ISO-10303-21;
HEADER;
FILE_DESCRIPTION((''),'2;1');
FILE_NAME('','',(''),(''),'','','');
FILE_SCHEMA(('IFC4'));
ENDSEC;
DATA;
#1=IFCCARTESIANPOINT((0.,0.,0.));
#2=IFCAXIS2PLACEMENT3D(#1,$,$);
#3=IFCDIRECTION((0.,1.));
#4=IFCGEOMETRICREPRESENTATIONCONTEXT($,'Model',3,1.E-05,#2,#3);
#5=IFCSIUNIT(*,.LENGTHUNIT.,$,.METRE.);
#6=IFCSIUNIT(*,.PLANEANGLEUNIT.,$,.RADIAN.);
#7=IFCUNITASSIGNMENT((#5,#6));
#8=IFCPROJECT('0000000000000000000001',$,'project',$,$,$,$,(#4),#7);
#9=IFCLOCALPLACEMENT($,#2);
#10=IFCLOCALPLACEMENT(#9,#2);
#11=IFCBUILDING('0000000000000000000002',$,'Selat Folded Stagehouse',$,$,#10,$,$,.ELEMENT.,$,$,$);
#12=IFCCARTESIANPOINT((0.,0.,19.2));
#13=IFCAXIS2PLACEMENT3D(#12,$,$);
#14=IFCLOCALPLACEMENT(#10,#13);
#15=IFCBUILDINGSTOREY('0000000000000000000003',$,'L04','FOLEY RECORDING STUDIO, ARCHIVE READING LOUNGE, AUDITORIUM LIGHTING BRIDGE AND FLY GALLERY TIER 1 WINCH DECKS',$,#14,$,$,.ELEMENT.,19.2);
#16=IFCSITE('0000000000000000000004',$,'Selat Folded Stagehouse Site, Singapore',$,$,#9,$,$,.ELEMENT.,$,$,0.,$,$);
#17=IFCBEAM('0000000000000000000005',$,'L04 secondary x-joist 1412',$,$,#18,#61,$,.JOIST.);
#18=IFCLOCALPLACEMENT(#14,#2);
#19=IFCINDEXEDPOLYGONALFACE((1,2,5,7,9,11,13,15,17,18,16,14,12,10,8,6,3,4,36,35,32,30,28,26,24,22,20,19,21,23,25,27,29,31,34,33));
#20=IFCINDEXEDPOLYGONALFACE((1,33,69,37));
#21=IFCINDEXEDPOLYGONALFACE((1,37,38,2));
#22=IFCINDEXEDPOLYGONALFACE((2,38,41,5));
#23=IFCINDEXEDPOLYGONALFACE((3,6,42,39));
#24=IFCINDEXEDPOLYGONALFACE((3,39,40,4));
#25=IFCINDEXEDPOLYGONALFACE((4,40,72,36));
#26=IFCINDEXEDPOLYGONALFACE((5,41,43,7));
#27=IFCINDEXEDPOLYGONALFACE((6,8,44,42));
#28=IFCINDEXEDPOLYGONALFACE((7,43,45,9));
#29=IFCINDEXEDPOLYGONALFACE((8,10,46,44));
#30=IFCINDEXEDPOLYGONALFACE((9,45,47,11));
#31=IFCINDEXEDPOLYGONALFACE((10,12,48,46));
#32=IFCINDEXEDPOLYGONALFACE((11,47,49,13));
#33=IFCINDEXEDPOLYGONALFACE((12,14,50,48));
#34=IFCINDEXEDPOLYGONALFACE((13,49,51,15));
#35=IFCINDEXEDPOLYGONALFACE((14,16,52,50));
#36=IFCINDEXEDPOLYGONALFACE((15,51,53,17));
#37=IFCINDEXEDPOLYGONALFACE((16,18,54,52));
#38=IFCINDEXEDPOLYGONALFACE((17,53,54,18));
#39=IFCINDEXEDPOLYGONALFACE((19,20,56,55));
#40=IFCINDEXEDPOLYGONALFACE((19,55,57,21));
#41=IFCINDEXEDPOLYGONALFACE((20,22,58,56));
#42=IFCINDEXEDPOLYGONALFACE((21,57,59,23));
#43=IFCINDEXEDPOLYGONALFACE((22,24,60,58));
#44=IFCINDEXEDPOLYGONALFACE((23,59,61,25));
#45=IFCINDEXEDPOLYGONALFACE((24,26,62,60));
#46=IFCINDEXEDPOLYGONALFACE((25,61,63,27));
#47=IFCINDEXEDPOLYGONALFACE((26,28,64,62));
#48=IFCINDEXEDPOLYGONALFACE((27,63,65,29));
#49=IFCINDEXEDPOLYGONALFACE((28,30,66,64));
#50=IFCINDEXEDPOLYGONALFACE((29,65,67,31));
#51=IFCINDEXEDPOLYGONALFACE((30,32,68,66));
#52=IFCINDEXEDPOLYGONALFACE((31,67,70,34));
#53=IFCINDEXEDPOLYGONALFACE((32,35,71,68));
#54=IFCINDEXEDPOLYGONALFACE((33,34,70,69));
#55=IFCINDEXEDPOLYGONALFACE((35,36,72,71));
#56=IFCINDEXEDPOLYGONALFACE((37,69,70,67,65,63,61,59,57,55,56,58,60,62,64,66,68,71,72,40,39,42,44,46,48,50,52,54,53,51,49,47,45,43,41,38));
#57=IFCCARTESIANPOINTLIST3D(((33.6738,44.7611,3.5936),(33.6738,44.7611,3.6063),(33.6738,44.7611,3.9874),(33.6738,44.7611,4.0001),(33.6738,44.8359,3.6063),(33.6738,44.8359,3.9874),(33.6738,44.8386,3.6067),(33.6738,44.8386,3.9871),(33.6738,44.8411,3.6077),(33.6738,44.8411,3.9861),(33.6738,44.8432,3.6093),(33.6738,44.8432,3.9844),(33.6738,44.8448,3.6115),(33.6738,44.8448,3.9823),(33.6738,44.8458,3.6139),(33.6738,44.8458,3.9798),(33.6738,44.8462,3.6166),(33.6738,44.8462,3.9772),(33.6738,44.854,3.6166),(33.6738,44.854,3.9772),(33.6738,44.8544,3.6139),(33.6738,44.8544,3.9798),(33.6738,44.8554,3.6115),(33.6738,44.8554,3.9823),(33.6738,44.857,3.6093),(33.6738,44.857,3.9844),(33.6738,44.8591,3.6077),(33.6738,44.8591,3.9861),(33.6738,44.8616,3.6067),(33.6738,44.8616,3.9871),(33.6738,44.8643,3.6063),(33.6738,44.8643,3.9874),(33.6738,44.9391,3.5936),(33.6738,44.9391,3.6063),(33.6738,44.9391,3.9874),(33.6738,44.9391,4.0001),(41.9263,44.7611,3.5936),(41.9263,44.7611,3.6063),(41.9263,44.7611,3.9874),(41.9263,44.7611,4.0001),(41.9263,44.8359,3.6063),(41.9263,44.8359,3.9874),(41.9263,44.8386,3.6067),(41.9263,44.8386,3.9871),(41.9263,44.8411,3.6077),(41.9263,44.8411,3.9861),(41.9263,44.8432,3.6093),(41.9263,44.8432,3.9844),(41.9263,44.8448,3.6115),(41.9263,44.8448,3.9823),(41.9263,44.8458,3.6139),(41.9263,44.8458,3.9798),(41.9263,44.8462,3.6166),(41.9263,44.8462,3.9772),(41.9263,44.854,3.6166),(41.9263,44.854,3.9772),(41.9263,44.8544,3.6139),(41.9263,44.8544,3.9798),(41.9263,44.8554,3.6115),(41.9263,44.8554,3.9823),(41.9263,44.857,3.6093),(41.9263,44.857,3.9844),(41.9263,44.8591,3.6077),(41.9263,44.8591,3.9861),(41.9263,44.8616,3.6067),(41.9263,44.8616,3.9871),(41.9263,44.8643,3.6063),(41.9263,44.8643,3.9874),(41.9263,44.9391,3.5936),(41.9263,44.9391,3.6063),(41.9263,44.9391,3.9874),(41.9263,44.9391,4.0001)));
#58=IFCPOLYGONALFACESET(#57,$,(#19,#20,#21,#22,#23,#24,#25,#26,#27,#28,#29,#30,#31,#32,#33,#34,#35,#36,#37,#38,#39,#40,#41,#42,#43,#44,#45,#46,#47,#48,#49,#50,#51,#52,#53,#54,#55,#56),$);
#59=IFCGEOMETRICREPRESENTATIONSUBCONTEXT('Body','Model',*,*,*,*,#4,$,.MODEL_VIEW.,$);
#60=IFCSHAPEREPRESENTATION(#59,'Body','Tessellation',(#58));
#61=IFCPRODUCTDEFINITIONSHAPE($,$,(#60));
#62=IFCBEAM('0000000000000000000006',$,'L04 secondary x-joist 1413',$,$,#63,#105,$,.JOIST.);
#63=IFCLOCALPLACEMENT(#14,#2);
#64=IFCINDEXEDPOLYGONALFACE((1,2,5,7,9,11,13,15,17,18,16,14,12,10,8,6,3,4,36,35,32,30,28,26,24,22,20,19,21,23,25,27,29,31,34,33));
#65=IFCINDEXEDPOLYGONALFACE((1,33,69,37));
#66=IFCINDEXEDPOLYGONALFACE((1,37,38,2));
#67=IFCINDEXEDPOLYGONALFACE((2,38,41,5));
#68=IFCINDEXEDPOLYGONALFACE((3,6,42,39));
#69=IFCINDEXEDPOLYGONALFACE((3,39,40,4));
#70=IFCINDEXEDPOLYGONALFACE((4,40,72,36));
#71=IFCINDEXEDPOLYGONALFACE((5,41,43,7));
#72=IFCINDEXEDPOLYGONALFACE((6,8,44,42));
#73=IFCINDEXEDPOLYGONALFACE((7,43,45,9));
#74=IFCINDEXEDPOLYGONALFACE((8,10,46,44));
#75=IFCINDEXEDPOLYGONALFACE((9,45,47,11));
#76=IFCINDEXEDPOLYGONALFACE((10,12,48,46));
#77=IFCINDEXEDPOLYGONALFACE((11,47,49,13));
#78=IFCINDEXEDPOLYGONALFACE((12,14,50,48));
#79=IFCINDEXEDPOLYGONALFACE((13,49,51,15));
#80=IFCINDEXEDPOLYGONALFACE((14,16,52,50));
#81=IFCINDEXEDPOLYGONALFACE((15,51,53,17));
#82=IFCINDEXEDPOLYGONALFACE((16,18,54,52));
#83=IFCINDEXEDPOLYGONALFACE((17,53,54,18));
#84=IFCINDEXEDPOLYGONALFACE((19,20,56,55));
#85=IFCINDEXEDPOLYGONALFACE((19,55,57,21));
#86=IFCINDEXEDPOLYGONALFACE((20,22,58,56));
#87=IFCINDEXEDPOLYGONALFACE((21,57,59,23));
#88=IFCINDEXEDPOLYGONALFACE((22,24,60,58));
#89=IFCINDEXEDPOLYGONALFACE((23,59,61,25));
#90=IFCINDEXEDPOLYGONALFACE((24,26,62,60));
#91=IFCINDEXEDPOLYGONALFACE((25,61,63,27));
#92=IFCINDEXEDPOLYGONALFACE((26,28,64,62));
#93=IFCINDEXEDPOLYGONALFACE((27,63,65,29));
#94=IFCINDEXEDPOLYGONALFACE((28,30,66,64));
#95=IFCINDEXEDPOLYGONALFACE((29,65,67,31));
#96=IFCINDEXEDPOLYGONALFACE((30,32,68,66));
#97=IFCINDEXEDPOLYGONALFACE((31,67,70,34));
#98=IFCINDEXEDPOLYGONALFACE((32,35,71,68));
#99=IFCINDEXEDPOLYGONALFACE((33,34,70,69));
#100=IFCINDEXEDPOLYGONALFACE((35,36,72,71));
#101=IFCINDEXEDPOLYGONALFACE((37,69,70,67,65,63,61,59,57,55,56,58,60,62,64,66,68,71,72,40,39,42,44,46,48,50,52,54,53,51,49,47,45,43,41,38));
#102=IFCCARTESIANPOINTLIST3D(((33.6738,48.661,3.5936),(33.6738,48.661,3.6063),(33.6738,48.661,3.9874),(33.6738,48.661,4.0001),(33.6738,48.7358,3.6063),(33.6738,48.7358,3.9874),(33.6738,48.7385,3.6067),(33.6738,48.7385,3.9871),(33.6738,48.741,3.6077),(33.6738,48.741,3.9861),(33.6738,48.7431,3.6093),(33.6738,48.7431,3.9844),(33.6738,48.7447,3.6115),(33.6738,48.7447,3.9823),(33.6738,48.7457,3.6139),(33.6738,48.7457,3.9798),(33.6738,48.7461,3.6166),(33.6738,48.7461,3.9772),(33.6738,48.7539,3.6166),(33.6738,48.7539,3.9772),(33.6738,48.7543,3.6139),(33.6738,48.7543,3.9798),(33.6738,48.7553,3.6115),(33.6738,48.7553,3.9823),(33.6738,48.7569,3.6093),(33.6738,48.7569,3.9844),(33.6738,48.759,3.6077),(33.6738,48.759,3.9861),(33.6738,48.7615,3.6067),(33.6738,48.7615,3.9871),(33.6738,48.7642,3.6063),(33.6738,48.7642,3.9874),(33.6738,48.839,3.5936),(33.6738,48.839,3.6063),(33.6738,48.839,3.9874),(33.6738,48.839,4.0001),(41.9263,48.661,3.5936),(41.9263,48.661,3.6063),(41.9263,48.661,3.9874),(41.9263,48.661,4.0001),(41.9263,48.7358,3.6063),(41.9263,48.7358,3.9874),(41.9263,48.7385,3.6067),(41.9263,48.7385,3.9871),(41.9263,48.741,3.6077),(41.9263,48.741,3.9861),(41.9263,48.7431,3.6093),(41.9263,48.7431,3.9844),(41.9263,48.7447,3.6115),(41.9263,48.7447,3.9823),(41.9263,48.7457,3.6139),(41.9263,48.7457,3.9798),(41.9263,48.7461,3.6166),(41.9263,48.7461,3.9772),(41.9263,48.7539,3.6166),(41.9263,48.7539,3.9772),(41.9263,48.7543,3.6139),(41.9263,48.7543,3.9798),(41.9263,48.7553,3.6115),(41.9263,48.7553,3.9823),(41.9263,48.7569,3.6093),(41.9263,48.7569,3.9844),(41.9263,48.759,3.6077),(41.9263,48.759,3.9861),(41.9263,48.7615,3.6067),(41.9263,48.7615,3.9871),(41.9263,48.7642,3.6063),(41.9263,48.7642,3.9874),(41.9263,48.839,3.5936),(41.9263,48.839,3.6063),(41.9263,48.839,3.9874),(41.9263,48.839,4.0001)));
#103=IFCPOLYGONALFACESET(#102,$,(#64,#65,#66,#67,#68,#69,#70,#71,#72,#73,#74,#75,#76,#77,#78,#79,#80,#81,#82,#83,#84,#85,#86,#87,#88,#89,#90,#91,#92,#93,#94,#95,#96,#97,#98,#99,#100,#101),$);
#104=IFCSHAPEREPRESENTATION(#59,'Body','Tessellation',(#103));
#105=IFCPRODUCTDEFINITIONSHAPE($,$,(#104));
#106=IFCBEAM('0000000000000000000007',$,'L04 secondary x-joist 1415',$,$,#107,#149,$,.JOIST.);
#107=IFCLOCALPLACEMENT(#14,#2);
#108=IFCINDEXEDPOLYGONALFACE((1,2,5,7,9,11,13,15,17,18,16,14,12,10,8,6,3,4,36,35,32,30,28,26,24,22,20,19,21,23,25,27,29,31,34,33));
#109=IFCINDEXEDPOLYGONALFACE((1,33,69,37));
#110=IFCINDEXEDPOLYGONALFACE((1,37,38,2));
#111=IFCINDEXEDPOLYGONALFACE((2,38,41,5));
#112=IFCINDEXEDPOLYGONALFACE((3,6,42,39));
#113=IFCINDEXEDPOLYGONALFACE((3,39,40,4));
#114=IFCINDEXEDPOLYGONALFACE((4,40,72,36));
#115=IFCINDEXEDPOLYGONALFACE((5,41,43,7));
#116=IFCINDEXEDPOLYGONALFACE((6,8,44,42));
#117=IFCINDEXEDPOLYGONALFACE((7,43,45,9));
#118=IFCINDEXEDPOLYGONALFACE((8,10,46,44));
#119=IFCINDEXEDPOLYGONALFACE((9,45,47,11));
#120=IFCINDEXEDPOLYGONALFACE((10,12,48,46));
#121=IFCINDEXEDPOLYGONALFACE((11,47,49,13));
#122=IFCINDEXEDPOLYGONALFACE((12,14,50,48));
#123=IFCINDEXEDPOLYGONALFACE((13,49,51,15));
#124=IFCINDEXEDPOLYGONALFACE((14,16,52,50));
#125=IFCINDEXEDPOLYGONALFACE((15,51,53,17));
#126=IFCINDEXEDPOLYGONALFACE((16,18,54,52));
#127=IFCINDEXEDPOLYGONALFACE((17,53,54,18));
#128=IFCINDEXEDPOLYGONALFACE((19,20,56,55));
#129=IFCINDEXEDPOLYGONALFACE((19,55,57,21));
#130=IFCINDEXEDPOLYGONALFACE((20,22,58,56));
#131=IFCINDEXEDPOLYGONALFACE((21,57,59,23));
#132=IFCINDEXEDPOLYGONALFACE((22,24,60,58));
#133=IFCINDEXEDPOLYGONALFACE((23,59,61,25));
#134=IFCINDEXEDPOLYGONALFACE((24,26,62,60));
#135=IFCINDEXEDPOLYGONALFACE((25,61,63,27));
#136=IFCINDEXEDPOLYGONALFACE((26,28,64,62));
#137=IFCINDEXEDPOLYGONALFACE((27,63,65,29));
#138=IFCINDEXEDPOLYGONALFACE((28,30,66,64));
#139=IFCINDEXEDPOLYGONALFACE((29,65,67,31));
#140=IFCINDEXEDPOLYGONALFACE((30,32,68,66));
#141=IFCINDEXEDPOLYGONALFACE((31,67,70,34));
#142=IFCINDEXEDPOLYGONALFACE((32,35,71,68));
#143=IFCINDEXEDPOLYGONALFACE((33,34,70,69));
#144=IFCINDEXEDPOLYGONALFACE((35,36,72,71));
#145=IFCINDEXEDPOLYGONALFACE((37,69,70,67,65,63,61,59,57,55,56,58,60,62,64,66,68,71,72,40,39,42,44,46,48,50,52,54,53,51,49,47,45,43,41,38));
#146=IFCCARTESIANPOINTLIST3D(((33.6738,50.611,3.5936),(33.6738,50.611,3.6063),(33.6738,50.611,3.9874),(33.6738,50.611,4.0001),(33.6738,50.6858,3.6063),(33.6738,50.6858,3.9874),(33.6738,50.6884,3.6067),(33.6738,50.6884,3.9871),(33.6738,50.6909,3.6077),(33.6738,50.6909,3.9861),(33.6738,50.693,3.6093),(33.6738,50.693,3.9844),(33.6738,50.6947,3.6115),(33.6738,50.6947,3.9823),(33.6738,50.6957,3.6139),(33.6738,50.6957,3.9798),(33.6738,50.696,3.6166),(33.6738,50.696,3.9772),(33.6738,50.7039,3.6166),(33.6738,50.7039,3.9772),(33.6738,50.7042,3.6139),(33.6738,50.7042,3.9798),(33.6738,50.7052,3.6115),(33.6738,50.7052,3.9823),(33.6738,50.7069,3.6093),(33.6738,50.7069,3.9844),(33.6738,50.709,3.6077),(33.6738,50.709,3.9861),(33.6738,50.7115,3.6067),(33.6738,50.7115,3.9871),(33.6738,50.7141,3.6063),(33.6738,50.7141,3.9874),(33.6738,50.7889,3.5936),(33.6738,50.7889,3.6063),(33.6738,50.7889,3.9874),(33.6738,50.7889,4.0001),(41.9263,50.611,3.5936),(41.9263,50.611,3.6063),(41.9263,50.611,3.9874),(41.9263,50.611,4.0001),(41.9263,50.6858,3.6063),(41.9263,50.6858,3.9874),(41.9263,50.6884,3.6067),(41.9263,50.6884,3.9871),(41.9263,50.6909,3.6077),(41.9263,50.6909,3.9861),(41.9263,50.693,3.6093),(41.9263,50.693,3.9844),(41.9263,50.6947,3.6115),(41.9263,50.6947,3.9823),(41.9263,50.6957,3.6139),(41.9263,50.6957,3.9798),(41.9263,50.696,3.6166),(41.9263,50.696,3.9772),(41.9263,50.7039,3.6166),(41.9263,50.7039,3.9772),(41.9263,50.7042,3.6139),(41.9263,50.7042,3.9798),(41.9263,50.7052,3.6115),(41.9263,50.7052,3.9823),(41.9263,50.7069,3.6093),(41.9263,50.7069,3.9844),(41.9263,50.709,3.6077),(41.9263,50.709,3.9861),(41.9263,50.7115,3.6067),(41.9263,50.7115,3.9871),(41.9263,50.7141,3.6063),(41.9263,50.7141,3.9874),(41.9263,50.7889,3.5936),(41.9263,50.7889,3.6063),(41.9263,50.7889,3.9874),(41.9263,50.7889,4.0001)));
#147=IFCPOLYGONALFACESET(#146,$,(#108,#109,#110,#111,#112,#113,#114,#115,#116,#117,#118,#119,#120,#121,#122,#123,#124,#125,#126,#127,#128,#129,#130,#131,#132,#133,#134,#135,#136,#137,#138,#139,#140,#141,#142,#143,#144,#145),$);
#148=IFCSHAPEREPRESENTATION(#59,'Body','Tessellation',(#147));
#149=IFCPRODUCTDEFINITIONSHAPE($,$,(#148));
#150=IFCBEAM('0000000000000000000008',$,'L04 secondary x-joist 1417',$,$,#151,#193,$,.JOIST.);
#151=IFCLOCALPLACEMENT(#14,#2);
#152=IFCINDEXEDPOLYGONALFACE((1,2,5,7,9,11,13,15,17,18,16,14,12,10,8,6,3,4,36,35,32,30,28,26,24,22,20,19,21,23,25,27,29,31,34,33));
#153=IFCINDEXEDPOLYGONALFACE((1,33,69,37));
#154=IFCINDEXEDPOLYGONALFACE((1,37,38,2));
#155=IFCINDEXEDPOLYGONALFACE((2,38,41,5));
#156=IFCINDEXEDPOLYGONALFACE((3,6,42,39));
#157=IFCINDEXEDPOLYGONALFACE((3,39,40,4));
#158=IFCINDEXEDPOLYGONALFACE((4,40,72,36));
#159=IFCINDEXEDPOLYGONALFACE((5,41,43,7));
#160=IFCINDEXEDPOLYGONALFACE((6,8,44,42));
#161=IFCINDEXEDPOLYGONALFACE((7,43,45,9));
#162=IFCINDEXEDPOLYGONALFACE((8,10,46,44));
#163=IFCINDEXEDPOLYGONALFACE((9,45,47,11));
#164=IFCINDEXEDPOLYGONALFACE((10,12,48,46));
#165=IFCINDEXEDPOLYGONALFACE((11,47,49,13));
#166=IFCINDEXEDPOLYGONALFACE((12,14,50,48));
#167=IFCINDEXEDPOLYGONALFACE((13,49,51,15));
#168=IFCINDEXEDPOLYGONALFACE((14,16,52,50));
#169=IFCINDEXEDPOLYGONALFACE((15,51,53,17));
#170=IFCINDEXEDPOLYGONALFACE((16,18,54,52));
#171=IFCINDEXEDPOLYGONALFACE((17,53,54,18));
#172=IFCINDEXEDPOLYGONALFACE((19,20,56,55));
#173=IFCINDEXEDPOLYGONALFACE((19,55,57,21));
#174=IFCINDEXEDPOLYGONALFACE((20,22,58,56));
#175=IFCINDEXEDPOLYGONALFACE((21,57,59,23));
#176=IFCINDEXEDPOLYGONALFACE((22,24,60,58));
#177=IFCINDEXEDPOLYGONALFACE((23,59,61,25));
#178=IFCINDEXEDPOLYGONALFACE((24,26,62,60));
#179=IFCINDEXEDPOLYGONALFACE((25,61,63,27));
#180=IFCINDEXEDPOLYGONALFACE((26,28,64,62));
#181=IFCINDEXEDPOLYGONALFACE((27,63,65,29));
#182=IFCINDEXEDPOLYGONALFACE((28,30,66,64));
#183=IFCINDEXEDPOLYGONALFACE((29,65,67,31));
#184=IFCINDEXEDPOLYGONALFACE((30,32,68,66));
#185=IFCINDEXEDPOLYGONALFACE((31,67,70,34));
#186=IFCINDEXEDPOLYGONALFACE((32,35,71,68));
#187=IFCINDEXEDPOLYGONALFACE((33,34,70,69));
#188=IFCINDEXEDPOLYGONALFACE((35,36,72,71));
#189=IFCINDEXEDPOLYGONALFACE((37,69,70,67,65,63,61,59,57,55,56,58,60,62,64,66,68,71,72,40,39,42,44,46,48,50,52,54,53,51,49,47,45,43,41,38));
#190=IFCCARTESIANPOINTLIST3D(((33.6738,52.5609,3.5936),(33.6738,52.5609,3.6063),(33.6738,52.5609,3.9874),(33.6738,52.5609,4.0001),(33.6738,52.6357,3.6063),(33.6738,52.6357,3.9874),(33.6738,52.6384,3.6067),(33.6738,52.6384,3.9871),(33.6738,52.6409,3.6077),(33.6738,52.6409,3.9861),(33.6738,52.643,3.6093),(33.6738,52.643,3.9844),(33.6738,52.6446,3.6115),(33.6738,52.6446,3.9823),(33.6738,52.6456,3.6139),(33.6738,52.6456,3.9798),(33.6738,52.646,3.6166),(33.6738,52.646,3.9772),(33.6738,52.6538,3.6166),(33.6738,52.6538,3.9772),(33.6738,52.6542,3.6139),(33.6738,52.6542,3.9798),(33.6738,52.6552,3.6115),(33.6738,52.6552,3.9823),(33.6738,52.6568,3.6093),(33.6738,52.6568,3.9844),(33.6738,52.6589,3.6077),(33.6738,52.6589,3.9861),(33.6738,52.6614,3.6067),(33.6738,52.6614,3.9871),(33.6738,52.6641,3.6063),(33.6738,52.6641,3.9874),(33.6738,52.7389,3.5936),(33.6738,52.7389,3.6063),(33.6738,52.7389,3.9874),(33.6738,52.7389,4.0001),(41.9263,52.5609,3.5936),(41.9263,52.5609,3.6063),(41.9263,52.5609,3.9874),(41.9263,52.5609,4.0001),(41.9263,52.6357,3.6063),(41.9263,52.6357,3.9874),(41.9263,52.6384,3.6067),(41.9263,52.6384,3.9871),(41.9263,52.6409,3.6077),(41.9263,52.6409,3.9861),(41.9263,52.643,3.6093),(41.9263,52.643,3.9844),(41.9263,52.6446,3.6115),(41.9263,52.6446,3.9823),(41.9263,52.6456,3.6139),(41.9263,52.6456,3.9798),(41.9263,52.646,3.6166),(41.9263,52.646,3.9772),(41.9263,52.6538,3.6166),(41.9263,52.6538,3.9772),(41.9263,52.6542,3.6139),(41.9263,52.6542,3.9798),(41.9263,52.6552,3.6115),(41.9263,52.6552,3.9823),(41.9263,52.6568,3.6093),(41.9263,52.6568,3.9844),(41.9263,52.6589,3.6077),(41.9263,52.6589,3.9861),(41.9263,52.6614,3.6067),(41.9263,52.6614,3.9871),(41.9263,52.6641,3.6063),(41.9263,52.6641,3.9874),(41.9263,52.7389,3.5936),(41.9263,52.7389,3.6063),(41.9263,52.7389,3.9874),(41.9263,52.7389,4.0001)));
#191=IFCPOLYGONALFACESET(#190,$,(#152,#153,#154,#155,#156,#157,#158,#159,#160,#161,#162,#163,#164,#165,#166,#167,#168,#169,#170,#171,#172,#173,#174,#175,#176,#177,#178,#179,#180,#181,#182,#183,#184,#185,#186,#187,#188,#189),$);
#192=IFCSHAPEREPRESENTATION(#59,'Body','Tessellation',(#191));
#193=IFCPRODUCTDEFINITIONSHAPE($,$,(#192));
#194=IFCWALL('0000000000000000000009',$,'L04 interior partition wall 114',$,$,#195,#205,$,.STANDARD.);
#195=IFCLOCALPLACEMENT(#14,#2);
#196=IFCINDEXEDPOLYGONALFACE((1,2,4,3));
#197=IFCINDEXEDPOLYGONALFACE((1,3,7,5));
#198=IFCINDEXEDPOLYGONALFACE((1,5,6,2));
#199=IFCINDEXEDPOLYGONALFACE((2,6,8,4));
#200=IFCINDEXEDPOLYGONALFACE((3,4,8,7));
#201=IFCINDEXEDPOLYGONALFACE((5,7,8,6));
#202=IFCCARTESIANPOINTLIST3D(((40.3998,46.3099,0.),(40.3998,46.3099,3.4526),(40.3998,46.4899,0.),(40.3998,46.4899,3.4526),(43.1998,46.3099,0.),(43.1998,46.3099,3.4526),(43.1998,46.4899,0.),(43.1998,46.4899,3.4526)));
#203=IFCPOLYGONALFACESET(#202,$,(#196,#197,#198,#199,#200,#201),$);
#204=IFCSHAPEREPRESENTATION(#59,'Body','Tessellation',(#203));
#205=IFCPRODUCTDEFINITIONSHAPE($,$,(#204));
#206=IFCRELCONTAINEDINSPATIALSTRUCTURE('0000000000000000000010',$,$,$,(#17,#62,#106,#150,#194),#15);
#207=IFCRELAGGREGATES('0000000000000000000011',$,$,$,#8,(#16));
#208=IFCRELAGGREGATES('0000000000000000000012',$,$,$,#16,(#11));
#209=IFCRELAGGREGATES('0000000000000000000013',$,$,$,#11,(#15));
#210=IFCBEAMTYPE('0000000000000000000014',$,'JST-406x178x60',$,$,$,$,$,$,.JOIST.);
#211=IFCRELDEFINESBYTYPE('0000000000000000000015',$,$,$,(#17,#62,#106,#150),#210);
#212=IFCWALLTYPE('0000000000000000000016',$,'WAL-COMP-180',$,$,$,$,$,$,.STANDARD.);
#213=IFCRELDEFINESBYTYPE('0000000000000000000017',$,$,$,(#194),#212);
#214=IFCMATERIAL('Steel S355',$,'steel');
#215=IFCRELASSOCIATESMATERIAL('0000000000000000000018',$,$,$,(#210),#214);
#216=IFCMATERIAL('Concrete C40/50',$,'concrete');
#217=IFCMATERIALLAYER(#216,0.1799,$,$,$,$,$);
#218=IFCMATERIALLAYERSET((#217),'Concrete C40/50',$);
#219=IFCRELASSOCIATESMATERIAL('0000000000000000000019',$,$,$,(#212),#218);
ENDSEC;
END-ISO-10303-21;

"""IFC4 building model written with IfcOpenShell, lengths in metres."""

from ifc_helpers import new_model, si_unit, direction, frame, frame_2d, origin, origin_2d, place, context, subcontext, project, spatial, rectangle, i_section, extrude, material, layer, layer_set, material_profile, profile_set, type_object, element, save


model = new_model("IFC4")

# Units and contexts
model_context = context("Model", 3, precision=1e-05, world=origin(), true_north=direction((0.0, 1.0)))
body_context = subcontext(model_context, "Body", "Model", "MODEL_VIEW")
ifc_project = project(units=[si_unit("LENGTHUNIT", "METRE"), si_unit("PLANEANGLEUNIT", "RADIAN")], contexts=[model_context])

# Site, building, storey
site_placement = place(None, origin())
site = spatial("IfcSite", under=ifc_project, at=site_placement, Name="Selat Folded Stagehouse Site, Singapore", CompositionType="ELEMENT", RefElevation=0.0)
building_placement = place(site_placement, origin())
building = spatial("IfcBuilding", under=site, at=building_placement, Name="Selat Folded Stagehouse", CompositionType="ELEMENT")
storey_placement = place(building_placement, frame((0.0, 0.0, 19.2)))
storey = spatial("IfcBuildingStorey", under=building, at=storey_placement, Name="L04", Description="FOLEY RECORDING STUDIO, ARCHIVE READING LOUNGE, AUDITORIUM LIGHTING BRIDGE AND FLY GALLERY TIER 1 WINCH DECKS", CompositionType="ELEMENT", Elevation=19.2)

# Shared definitions
ifc_material_1 = material(Name="Steel S355", Category="steel")

# Beams
ifc_material_profile_1 = material_profile(ifc_material_1, i_section(OverallWidth=0.178, OverallDepth=0.4065, WebThickness=0.0078, FlangeThickness=0.0127, FilletRadius=0.0103, at=origin_2d()), Name="UKB 406x178x60")
ifc_profile_set_1 = profile_set([ifc_material_profile_1], Name="Steel S355")
beam_type_1 = type_object("IfcBeamType", Name="JST-406x178x60", PredefinedType="JOIST", material=ifc_profile_set_1)
for number, where, z_axis, x_axis, name in (
    (1, (33.6738, 44.8501, 3.7969), (1.0, 0.0, 0.0), (0.0, 1.0, 0.0), "L04 secondary x-joist 1412"),
    (2, (33.6738, 48.75, 3.7969), (1.0, 0.0, 0.0), (0.0, 1.0, 0.0), "L04 secondary x-joist 1413"),
    (3, (33.6738, 50.7, 3.7969), (1.0, 0.0, 0.0), (0.0, 1.0, 0.0), "L04 secondary x-joist 1415"),
    (4, (33.6738, 52.6499, 3.7969), (1.0, 0.0, 0.0), (0.0, 1.0, 0.0), "L04 secondary x-joist 1417"),
):
    element("IfcBeam", number, at=place(storey_placement, frame(where, z_axis=z_axis, x_axis=x_axis)), inside=storey, type_object=beam_type_1, Name=name, PredefinedType="JOIST", context=body_context, shape_type="SweptSolid", body=[
        extrude(i_section(OverallWidth=0.178, OverallDepth=0.4065, WebThickness=0.0078, FlangeThickness=0.0127, FilletRadius=0.0103, at=origin_2d()), origin(), (0.0, 0.0, 1.0), 8.2524),
    ])

# Wall
ifc_material_2 = material(Name="Concrete C40/50", Category="concrete")
ifc_layer_1 = layer(ifc_material_2, 0.1799)
ifc_layer_set_1 = layer_set([ifc_layer_1], Name="Concrete C40/50")
wall_type_1 = type_object("IfcWallType", Name="WAL-COMP-180", PredefinedType="STANDARD", material=ifc_layer_set_1)
wall_1_placement = place(storey_placement, frame((40.3999, 46.3999, 0.0), z_axis=(0.0, 0.0, 1.0), x_axis=(1.0, 0.0, 0.0)))
element("IfcWall", 5, at=wall_1_placement, inside=storey, type_object=wall_type_1, Name="L04 interior partition wall 114", PredefinedType="STANDARD", context=body_context, shape_type="SweptSolid", body=[
    extrude(rectangle(XDim=2.8, YDim=0.1799, at=frame_2d((1.3999, 0.0))), origin(), (0.0, 0.0, 1.0), 3.4526),
])

save(model, "model.ifc")
